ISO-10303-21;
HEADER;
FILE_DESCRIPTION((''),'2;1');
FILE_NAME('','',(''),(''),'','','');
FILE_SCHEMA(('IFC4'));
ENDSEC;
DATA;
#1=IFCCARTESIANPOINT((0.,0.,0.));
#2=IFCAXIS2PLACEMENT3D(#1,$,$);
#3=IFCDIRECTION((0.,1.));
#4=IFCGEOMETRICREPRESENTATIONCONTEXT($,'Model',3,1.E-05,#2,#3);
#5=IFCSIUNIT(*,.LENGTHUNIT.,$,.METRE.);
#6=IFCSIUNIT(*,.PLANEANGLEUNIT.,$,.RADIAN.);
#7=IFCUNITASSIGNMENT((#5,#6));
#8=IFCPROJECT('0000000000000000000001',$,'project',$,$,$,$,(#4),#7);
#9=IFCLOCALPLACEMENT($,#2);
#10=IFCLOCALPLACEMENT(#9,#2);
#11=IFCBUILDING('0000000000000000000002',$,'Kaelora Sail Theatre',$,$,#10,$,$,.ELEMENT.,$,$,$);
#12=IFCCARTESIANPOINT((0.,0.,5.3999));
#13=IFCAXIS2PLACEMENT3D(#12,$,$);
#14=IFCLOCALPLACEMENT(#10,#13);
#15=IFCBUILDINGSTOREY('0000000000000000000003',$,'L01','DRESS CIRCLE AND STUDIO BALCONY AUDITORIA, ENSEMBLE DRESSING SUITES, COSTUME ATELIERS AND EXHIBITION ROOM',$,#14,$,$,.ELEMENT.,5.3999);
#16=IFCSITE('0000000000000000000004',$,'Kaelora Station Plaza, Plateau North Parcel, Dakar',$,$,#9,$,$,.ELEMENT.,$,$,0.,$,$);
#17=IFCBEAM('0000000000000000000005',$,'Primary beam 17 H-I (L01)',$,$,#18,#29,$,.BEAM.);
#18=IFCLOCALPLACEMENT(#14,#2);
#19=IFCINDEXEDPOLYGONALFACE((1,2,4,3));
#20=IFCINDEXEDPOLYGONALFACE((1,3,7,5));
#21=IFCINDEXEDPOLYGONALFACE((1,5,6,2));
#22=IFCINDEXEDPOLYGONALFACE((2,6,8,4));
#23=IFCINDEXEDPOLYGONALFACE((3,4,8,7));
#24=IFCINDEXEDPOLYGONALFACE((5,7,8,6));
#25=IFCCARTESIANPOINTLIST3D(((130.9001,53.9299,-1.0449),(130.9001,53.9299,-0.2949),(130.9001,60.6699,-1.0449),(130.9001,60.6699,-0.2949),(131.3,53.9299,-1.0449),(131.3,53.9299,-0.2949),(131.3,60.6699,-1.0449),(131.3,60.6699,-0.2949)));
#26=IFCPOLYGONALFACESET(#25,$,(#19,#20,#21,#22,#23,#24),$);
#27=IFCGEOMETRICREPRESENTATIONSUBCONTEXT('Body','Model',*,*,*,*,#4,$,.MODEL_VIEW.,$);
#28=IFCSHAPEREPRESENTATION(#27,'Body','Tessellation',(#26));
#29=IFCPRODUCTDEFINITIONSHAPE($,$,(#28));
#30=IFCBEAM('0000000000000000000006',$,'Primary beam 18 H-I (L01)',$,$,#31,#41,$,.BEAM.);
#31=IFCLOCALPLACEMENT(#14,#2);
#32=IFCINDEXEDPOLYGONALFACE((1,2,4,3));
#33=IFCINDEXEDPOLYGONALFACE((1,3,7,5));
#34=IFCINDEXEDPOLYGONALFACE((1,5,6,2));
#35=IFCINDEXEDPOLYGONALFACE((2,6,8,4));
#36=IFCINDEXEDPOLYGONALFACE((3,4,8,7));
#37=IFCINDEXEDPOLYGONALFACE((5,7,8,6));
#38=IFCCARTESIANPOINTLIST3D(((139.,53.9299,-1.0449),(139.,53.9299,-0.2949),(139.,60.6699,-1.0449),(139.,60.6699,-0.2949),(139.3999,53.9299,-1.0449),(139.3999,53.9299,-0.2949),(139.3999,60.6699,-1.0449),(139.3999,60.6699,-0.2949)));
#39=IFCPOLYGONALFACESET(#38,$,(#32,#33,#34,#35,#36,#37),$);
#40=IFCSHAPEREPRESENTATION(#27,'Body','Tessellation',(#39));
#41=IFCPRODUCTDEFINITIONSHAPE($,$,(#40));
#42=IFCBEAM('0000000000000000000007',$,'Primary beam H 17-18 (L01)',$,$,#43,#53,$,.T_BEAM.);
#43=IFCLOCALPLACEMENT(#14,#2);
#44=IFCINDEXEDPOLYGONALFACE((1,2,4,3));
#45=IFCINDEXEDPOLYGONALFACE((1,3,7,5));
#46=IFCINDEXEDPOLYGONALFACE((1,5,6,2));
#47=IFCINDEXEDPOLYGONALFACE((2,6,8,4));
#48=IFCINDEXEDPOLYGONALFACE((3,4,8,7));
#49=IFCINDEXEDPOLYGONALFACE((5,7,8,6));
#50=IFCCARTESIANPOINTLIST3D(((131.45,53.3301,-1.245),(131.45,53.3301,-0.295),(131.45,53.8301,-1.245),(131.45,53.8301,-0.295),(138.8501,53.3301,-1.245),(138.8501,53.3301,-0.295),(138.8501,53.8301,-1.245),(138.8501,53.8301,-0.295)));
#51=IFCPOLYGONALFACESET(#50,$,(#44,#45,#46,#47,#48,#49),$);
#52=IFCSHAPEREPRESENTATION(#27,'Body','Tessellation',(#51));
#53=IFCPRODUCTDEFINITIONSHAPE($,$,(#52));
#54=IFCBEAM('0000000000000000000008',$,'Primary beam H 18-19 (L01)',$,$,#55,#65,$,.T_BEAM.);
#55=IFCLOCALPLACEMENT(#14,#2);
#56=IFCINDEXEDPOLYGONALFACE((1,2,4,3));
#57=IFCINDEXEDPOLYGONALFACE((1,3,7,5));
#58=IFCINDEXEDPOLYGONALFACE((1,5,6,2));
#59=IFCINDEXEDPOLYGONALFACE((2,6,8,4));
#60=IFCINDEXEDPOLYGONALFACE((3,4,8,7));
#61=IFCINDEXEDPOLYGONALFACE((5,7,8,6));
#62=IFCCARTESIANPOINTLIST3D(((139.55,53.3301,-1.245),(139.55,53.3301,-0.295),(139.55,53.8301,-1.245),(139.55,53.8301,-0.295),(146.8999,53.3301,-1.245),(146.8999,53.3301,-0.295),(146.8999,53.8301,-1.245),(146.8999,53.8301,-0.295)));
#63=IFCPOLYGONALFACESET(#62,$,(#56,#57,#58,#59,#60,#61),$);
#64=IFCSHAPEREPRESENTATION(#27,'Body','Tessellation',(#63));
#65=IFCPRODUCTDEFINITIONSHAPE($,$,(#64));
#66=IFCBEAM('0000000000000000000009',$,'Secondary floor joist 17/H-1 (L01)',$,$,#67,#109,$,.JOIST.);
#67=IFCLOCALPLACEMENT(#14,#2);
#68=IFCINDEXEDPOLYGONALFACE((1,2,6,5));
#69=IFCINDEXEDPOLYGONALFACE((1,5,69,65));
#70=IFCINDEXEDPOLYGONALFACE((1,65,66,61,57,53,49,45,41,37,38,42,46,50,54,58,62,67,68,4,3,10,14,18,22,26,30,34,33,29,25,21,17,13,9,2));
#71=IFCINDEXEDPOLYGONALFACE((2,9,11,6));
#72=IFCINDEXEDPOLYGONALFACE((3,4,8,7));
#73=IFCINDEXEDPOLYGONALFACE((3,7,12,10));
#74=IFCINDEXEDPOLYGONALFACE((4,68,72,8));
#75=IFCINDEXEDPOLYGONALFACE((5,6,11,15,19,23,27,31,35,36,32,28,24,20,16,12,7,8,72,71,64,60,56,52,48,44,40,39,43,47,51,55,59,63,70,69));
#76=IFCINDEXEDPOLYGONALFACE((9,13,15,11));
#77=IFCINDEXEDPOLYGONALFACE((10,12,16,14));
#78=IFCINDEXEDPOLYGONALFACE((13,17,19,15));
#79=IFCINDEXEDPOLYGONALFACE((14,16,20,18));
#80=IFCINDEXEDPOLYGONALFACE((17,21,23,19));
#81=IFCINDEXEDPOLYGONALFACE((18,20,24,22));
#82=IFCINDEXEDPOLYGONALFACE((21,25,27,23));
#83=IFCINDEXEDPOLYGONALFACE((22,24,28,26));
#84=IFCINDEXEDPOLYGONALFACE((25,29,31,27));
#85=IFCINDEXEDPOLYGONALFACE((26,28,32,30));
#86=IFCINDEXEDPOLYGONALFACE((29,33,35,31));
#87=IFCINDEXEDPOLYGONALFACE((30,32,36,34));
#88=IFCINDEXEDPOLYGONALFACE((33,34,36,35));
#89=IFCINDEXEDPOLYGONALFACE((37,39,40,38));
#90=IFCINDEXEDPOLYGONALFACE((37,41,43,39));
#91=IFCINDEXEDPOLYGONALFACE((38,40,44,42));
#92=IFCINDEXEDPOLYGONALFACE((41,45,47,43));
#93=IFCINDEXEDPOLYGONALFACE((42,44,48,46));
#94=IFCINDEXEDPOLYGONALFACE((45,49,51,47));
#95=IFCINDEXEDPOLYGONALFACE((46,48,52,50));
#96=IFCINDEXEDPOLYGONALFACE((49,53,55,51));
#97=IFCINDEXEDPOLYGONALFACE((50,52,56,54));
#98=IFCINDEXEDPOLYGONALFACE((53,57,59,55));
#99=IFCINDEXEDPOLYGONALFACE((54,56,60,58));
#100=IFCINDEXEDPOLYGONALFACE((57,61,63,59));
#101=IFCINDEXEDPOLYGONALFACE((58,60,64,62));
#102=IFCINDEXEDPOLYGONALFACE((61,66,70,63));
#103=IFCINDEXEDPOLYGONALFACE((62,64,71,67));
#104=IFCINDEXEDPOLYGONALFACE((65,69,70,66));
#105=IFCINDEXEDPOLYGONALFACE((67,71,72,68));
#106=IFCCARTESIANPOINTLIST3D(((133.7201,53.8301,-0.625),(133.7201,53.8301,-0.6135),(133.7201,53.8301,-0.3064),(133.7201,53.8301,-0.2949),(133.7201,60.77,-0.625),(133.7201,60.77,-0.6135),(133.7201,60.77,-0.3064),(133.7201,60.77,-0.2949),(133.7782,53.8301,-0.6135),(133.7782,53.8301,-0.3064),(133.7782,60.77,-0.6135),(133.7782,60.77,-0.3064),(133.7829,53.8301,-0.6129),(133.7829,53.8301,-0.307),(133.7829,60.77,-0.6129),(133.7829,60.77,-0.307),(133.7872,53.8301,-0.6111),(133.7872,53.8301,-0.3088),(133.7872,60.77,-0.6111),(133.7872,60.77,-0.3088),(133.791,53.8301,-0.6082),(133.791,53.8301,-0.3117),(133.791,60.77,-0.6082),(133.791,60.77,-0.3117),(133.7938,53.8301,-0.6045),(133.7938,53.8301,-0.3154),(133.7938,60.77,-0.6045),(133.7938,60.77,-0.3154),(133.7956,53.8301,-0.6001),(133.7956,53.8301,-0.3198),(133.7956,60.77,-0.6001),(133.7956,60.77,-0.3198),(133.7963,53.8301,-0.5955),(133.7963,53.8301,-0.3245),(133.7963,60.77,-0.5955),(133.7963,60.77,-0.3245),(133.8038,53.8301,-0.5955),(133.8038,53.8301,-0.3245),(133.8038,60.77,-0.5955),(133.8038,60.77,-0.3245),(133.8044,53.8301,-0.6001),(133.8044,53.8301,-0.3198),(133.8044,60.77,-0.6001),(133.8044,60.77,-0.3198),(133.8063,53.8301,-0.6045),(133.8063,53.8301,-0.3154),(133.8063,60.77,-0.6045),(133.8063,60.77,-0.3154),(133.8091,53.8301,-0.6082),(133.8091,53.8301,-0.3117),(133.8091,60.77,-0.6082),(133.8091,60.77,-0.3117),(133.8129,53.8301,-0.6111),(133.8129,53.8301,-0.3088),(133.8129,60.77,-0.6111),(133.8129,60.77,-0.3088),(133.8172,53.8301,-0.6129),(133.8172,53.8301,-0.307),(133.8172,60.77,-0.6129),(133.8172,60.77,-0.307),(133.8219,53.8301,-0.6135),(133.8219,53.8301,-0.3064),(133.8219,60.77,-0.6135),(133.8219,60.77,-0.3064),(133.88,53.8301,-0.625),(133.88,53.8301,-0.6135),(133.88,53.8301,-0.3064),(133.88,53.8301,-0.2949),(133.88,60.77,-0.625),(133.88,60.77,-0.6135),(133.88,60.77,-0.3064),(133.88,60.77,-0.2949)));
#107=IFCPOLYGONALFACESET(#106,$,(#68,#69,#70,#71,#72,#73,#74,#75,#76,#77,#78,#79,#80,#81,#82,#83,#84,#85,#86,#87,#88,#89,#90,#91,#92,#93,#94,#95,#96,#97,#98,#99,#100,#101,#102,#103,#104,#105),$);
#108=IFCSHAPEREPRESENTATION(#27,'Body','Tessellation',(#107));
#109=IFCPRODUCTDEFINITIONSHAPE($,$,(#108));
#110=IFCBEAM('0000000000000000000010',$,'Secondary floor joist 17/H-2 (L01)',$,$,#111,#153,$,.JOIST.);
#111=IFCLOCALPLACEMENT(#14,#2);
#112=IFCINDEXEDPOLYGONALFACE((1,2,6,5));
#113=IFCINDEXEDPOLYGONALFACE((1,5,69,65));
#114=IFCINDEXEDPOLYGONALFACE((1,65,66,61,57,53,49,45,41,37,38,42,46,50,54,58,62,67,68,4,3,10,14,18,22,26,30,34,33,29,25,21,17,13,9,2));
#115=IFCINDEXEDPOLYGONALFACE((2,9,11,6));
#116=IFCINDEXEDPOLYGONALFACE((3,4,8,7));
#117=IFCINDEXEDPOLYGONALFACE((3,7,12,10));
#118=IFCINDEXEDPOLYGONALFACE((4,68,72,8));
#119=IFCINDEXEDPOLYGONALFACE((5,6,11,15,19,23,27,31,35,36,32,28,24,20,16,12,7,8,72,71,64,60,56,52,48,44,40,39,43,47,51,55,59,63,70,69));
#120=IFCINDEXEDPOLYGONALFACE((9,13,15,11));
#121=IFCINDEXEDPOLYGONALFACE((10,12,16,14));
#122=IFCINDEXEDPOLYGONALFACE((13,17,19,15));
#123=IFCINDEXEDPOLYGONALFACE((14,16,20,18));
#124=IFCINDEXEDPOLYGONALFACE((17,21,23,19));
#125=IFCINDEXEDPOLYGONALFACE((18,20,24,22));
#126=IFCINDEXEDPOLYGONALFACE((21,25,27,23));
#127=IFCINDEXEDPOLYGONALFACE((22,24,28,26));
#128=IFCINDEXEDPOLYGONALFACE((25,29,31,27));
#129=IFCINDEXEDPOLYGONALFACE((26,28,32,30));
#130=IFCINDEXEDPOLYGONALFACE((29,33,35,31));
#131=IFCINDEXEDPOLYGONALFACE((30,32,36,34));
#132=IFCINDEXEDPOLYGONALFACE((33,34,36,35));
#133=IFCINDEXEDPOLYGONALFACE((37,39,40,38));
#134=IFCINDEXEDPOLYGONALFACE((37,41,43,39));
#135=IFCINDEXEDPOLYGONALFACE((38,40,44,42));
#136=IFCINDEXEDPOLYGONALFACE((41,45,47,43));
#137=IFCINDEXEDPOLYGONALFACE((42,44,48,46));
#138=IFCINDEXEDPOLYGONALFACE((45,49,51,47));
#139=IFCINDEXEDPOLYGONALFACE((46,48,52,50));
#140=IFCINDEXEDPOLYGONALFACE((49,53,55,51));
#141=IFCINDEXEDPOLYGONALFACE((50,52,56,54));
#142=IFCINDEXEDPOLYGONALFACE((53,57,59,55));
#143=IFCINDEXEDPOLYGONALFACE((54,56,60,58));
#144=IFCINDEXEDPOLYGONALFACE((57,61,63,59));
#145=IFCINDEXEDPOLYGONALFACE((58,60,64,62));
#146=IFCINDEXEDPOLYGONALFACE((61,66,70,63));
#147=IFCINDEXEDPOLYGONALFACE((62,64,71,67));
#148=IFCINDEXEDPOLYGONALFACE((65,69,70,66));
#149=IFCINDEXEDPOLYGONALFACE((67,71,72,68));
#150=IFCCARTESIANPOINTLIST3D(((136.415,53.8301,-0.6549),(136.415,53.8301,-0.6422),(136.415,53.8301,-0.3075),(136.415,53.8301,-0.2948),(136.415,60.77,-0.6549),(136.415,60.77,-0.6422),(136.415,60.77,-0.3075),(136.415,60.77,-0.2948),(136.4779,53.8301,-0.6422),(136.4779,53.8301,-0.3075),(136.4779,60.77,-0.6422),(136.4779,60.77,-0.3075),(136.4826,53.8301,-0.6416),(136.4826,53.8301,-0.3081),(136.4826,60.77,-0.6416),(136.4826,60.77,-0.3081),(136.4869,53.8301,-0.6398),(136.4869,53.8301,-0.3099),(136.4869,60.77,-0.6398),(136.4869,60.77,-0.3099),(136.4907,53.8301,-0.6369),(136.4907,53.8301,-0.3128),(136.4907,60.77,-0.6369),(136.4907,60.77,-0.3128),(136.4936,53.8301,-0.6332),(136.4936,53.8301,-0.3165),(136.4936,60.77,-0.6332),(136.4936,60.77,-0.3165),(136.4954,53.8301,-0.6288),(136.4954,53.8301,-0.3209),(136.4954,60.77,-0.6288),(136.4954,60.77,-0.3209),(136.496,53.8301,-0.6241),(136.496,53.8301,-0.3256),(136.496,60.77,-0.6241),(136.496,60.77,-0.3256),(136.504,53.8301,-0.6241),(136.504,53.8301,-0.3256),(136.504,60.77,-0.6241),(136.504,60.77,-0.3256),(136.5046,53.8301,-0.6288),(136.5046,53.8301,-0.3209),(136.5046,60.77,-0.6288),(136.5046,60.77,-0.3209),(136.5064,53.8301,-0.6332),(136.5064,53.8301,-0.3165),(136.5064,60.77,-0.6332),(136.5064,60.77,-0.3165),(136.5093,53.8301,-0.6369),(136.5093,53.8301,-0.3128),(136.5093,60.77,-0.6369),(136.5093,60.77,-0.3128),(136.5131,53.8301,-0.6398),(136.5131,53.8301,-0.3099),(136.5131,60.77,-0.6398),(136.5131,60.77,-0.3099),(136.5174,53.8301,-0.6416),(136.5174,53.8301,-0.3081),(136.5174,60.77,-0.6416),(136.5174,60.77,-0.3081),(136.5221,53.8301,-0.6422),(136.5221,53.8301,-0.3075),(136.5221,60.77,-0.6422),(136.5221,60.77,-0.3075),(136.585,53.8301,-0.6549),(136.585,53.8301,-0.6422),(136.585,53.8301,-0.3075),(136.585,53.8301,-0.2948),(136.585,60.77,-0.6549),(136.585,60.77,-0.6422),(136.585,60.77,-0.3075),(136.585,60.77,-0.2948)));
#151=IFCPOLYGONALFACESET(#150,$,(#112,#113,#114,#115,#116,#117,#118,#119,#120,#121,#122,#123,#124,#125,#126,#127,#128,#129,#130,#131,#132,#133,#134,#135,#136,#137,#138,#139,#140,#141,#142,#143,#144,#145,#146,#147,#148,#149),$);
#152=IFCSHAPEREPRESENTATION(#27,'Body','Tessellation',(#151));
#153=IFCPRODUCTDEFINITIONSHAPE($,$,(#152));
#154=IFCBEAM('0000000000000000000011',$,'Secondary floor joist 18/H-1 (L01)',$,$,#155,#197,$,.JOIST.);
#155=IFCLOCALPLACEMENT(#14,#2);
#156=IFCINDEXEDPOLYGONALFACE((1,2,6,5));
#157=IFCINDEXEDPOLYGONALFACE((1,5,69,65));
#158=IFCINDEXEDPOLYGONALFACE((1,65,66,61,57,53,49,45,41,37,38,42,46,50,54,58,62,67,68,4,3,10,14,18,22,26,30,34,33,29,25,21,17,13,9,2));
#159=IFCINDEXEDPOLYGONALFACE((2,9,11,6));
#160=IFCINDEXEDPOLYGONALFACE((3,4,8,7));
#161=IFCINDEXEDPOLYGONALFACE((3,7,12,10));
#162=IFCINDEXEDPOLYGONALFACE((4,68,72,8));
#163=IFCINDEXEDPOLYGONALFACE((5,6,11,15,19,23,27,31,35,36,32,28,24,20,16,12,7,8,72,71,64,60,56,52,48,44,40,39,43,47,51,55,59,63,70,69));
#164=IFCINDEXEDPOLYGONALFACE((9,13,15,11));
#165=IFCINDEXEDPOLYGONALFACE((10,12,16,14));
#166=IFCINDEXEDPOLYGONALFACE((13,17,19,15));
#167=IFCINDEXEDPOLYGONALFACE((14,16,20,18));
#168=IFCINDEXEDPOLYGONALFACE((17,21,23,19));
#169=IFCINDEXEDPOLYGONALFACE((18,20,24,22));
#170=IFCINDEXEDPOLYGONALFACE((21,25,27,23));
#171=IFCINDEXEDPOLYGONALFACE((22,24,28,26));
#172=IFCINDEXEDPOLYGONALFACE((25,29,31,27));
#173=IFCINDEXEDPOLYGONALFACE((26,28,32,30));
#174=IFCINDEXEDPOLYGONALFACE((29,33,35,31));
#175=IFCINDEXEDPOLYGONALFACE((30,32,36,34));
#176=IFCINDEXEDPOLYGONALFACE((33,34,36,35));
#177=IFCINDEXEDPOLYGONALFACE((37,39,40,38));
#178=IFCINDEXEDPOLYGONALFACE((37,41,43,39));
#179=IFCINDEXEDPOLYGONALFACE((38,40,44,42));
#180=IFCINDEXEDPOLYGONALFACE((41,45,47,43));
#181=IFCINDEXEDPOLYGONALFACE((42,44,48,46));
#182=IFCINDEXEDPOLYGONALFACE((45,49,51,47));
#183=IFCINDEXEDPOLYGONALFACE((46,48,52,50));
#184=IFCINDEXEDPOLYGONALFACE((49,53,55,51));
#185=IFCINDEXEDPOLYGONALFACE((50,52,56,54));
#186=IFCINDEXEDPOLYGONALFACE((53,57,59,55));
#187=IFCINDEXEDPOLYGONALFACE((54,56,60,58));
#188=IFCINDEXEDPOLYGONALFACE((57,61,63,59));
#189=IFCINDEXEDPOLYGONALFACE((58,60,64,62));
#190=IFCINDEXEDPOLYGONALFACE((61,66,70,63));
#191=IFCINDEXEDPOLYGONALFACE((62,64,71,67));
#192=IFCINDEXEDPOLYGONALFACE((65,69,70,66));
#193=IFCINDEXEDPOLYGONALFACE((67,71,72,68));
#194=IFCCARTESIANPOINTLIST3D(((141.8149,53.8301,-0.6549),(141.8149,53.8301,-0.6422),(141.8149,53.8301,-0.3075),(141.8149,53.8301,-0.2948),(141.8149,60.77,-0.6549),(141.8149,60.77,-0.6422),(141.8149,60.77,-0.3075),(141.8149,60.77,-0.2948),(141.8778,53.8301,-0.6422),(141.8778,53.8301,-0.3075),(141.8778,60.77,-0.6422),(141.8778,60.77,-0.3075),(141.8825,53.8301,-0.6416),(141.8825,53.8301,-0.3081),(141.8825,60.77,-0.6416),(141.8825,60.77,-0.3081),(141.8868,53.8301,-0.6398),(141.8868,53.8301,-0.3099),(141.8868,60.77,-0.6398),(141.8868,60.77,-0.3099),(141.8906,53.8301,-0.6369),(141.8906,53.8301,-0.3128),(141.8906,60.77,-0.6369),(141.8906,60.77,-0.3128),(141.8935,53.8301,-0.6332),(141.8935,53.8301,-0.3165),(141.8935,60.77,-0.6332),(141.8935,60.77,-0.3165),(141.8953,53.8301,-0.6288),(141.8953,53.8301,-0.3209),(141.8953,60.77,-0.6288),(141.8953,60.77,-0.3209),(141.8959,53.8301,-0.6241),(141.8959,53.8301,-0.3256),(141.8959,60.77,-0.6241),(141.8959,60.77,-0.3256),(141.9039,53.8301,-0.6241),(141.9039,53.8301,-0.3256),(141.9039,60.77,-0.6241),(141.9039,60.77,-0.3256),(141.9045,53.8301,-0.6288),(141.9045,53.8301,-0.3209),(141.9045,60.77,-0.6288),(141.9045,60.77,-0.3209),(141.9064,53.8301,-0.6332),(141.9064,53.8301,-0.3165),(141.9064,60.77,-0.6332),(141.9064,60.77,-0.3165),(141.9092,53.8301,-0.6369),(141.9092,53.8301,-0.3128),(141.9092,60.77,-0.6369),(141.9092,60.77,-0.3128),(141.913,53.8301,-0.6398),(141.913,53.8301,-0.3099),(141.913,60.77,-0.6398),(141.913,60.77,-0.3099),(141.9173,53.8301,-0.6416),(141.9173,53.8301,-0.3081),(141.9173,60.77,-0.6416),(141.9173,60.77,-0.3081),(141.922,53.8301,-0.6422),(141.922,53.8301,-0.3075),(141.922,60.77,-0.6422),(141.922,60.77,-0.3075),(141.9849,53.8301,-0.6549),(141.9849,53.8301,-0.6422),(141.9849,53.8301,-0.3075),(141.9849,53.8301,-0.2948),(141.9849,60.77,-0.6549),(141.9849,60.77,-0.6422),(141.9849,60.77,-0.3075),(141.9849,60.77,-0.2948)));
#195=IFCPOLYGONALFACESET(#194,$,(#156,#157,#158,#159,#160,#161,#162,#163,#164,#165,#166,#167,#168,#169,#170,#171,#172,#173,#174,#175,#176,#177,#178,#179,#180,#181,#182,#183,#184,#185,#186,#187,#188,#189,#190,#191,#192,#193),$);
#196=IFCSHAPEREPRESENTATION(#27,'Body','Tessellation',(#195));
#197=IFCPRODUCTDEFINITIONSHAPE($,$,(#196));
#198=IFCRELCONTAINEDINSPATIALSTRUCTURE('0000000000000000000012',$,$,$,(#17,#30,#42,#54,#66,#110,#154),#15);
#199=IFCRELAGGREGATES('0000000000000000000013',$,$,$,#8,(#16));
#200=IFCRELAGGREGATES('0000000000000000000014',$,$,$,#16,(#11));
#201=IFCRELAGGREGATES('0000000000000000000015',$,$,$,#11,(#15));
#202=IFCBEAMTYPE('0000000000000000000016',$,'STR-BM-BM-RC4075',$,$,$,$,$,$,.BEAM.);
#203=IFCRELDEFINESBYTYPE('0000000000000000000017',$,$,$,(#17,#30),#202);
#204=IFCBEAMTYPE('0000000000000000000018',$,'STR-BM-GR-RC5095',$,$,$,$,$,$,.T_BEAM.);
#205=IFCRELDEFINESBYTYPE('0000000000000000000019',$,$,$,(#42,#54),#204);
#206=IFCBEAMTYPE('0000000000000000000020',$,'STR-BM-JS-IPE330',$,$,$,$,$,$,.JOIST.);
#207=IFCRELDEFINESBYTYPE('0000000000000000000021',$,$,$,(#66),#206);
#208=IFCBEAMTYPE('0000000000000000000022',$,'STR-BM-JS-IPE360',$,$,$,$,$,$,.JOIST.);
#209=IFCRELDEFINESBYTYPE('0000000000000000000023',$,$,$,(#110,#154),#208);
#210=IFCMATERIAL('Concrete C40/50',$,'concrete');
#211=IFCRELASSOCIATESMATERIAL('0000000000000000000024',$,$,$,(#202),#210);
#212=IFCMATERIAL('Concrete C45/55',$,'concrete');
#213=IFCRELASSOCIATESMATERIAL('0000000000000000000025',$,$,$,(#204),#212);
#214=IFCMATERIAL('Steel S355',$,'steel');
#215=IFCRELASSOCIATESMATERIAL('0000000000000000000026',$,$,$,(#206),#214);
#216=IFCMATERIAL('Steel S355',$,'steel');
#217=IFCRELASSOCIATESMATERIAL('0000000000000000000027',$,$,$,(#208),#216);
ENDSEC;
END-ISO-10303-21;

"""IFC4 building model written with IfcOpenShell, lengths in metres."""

from ifc_helpers import new_model, si_unit, direction, frame, origin, origin_2d, place, context, subcontext, project, spatial, rectangle, i_section, extrude, material, material_profile, profile_set, type_object, element, save


model = new_model("IFC4")

# Units and contexts
model_context = context("Model", 3, precision=1e-05, world=origin(), true_north=direction((0.0, 1.0)))
body_context = subcontext(model_context, "Body", "Model", "MODEL_VIEW")
ifc_project = project(units=[si_unit("LENGTHUNIT", "METRE"), si_unit("PLANEANGLEUNIT", "RADIAN")], contexts=[model_context])

# Site, building, storey
site_placement = place(None, origin())
site = spatial("IfcSite", under=ifc_project, at=site_placement, Name="Kaelora Station Plaza, Plateau North Parcel, Dakar", CompositionType="ELEMENT", RefElevation=0.0)
building_placement = place(site_placement, origin())
building = spatial("IfcBuilding", under=site, at=building_placement, Name="Kaelora Sail Theatre", CompositionType="ELEMENT")
storey_placement = place(building_placement, frame((0.0, 0.0, 5.3999)))
storey = spatial("IfcBuildingStorey", under=building, at=storey_placement, Name="L01", Description="DRESS CIRCLE AND STUDIO BALCONY AUDITORIA, ENSEMBLE DRESSING SUITES, COSTUME ATELIERS AND EXHIBITION ROOM", CompositionType="ELEMENT", Elevation=5.3999)

# Beams
ifc_material_1 = material(Name="Concrete C40/50", Category="concrete")
ifc_material_profile_1 = material_profile(ifc_material_1, rectangle(XDim=0.3999, YDim=0.75, at=origin_2d()), Name="RC-BM 400x750")
ifc_profile_set_1 = profile_set([ifc_material_profile_1], Name="Concrete C40/50")
beam_type_1 = type_object("IfcBeamType", Name="STR-BM-BM-RC4075", PredefinedType="BEAM", material=ifc_profile_set_1)
for number, where, z_axis, x_axis, name in (
    (1, (131.1001, 53.9299, -0.6699), (0.0, 1.0, 0.0), (-1.0, 0.0, 0.0), "Primary beam 17 H-I (L01)"),
    (2, (139.2, 53.9299, -0.6699), (0.0, 1.0, 0.0), (-1.0, 0.0, 0.0), "Primary beam 18 H-I (L01)"),
):
    element("IfcBeam", number, at=place(storey_placement, frame(where, z_axis=z_axis, x_axis=x_axis)), inside=storey, type_object=beam_type_1, Name=name, PredefinedType="BEAM", context=body_context, shape_type="SweptSolid", body=[
        extrude(rectangle(XDim=0.3999, YDim=0.75, at=origin_2d()), origin(), (0.0, 0.0, 1.0), 6.74),
    ])
ifc_material_2 = material(Name="Concrete C45/55", Category="concrete")
ifc_material_profile_2 = material_profile(ifc_material_2, rectangle(XDim=0.5, YDim=0.95, at=origin_2d()), Name="RC-GRD 500x950")
ifc_profile_set_2 = profile_set([ifc_material_profile_2], Name="Concrete C45/55")
beam_type_2 = type_object("IfcBeamType", Name="STR-BM-GR-RC5095", PredefinedType="T_BEAM", material=ifc_profile_set_2)
beam_1_placement = place(storey_placement, frame((131.45, 53.5801, -0.77), z_axis=(1.0, 0.0, 0.0), x_axis=(0.0, 1.0, 0.0)))
element("IfcBeam", 3, at=beam_1_placement, inside=storey, type_object=beam_type_2, Name="Primary beam H 17-18 (L01)", PredefinedType="T_BEAM", context=body_context, shape_type="SweptSolid", body=[
    extrude(rectangle(XDim=0.5, YDim=0.95, at=origin_2d()), origin(), (0.0, 0.0, 1.0), 7.4001),
])
beam_2_placement = place(storey_placement, frame((139.55, 53.5801, -0.77), z_axis=(1.0, 0.0, 0.0), x_axis=(0.0, 1.0, 0.0)))
element("IfcBeam", 4, at=beam_2_placement, inside=storey, type_object=beam_type_2, Name="Primary beam H 18-19 (L01)", PredefinedType="T_BEAM", context=body_context, shape_type="SweptSolid", body=[
    extrude(rectangle(XDim=0.5, YDim=0.95, at=origin_2d()), origin(), (0.0, 0.0, 1.0), 7.3499),
])
ifc_material_3 = material(Name="Steel S355", Category="steel")
ifc_material_profile_3 = material_profile(ifc_material_3, i_section(OverallWidth=0.1599, OverallDepth=0.3301, WebThickness=0.0076, FlangeThickness=0.0115, FilletRadius=0.0181, at=origin_2d()), Name="IPE 330")
ifc_profile_set_3 = profile_set([ifc_material_profile_3], Name="Steel S355")
beam_type_3 = type_object("IfcBeamType", Name="STR-BM-JS-IPE330", PredefinedType="JOIST", material=ifc_profile_set_3)
beam_3_placement = place(storey_placement, frame((133.8, 53.8301, -0.46), z_axis=(0.0, 1.0, 0.0), x_axis=(-1.0, 0.0, 0.0)))
element("IfcBeam", 5, at=beam_3_placement, inside=storey, type_object=beam_type_3, Name="Secondary floor joist 17/H-1 (L01)", PredefinedType="JOIST", context=body_context, shape_type="SweptSolid", body=[
    extrude(i_section(OverallWidth=0.1599, OverallDepth=0.3301, WebThickness=0.0076, FlangeThickness=0.0115, FilletRadius=0.0181, at=origin_2d()), origin(), (0.0, 0.0, 1.0), 6.9399),
])
ifc_material_4 = material(Name="Steel S355", Category="steel")
ifc_material_profile_4 = material_profile(ifc_material_4, i_section(OverallWidth=0.1699, OverallDepth=0.3601, WebThickness=0.0081, FlangeThickness=0.0127, FilletRadius=0.0181, at=origin_2d()), Name="IPE 360")
ifc_profile_set_4 = profile_set([ifc_material_profile_4], Name="Steel S355")
beam_type_4 = type_object("IfcBeamType", Name="STR-BM-JS-IPE360", PredefinedType="JOIST", material=ifc_profile_set_4)
for number, where, z_axis, x_axis, name in (
    (6, (136.5, 53.8301, -0.4749), (0.0, 1.0, 0.0), (-1.0, 0.0, 0.0), "Secondary floor joist 17/H-2 (L01)"),
    (7, (141.8999, 53.8301, -0.4749), (0.0, 1.0, 0.0), (-1.0, 0.0, 0.0), "Secondary floor joist 18/H-1 (L01)"),
):
    element("IfcBeam", number, at=place(storey_placement, frame(where, z_axis=z_axis, x_axis=x_axis)), inside=storey, type_object=beam_type_4, Name=name, PredefinedType="JOIST", context=body_context, shape_type="SweptSolid", body=[
        extrude(i_section(OverallWidth=0.1699, OverallDepth=0.3601, WebThickness=0.0081, FlangeThickness=0.0127, FilletRadius=0.0181, at=origin_2d()), origin(), (0.0, 0.0, 1.0), 6.9399),
    ])

save(model, "model.ifc")
